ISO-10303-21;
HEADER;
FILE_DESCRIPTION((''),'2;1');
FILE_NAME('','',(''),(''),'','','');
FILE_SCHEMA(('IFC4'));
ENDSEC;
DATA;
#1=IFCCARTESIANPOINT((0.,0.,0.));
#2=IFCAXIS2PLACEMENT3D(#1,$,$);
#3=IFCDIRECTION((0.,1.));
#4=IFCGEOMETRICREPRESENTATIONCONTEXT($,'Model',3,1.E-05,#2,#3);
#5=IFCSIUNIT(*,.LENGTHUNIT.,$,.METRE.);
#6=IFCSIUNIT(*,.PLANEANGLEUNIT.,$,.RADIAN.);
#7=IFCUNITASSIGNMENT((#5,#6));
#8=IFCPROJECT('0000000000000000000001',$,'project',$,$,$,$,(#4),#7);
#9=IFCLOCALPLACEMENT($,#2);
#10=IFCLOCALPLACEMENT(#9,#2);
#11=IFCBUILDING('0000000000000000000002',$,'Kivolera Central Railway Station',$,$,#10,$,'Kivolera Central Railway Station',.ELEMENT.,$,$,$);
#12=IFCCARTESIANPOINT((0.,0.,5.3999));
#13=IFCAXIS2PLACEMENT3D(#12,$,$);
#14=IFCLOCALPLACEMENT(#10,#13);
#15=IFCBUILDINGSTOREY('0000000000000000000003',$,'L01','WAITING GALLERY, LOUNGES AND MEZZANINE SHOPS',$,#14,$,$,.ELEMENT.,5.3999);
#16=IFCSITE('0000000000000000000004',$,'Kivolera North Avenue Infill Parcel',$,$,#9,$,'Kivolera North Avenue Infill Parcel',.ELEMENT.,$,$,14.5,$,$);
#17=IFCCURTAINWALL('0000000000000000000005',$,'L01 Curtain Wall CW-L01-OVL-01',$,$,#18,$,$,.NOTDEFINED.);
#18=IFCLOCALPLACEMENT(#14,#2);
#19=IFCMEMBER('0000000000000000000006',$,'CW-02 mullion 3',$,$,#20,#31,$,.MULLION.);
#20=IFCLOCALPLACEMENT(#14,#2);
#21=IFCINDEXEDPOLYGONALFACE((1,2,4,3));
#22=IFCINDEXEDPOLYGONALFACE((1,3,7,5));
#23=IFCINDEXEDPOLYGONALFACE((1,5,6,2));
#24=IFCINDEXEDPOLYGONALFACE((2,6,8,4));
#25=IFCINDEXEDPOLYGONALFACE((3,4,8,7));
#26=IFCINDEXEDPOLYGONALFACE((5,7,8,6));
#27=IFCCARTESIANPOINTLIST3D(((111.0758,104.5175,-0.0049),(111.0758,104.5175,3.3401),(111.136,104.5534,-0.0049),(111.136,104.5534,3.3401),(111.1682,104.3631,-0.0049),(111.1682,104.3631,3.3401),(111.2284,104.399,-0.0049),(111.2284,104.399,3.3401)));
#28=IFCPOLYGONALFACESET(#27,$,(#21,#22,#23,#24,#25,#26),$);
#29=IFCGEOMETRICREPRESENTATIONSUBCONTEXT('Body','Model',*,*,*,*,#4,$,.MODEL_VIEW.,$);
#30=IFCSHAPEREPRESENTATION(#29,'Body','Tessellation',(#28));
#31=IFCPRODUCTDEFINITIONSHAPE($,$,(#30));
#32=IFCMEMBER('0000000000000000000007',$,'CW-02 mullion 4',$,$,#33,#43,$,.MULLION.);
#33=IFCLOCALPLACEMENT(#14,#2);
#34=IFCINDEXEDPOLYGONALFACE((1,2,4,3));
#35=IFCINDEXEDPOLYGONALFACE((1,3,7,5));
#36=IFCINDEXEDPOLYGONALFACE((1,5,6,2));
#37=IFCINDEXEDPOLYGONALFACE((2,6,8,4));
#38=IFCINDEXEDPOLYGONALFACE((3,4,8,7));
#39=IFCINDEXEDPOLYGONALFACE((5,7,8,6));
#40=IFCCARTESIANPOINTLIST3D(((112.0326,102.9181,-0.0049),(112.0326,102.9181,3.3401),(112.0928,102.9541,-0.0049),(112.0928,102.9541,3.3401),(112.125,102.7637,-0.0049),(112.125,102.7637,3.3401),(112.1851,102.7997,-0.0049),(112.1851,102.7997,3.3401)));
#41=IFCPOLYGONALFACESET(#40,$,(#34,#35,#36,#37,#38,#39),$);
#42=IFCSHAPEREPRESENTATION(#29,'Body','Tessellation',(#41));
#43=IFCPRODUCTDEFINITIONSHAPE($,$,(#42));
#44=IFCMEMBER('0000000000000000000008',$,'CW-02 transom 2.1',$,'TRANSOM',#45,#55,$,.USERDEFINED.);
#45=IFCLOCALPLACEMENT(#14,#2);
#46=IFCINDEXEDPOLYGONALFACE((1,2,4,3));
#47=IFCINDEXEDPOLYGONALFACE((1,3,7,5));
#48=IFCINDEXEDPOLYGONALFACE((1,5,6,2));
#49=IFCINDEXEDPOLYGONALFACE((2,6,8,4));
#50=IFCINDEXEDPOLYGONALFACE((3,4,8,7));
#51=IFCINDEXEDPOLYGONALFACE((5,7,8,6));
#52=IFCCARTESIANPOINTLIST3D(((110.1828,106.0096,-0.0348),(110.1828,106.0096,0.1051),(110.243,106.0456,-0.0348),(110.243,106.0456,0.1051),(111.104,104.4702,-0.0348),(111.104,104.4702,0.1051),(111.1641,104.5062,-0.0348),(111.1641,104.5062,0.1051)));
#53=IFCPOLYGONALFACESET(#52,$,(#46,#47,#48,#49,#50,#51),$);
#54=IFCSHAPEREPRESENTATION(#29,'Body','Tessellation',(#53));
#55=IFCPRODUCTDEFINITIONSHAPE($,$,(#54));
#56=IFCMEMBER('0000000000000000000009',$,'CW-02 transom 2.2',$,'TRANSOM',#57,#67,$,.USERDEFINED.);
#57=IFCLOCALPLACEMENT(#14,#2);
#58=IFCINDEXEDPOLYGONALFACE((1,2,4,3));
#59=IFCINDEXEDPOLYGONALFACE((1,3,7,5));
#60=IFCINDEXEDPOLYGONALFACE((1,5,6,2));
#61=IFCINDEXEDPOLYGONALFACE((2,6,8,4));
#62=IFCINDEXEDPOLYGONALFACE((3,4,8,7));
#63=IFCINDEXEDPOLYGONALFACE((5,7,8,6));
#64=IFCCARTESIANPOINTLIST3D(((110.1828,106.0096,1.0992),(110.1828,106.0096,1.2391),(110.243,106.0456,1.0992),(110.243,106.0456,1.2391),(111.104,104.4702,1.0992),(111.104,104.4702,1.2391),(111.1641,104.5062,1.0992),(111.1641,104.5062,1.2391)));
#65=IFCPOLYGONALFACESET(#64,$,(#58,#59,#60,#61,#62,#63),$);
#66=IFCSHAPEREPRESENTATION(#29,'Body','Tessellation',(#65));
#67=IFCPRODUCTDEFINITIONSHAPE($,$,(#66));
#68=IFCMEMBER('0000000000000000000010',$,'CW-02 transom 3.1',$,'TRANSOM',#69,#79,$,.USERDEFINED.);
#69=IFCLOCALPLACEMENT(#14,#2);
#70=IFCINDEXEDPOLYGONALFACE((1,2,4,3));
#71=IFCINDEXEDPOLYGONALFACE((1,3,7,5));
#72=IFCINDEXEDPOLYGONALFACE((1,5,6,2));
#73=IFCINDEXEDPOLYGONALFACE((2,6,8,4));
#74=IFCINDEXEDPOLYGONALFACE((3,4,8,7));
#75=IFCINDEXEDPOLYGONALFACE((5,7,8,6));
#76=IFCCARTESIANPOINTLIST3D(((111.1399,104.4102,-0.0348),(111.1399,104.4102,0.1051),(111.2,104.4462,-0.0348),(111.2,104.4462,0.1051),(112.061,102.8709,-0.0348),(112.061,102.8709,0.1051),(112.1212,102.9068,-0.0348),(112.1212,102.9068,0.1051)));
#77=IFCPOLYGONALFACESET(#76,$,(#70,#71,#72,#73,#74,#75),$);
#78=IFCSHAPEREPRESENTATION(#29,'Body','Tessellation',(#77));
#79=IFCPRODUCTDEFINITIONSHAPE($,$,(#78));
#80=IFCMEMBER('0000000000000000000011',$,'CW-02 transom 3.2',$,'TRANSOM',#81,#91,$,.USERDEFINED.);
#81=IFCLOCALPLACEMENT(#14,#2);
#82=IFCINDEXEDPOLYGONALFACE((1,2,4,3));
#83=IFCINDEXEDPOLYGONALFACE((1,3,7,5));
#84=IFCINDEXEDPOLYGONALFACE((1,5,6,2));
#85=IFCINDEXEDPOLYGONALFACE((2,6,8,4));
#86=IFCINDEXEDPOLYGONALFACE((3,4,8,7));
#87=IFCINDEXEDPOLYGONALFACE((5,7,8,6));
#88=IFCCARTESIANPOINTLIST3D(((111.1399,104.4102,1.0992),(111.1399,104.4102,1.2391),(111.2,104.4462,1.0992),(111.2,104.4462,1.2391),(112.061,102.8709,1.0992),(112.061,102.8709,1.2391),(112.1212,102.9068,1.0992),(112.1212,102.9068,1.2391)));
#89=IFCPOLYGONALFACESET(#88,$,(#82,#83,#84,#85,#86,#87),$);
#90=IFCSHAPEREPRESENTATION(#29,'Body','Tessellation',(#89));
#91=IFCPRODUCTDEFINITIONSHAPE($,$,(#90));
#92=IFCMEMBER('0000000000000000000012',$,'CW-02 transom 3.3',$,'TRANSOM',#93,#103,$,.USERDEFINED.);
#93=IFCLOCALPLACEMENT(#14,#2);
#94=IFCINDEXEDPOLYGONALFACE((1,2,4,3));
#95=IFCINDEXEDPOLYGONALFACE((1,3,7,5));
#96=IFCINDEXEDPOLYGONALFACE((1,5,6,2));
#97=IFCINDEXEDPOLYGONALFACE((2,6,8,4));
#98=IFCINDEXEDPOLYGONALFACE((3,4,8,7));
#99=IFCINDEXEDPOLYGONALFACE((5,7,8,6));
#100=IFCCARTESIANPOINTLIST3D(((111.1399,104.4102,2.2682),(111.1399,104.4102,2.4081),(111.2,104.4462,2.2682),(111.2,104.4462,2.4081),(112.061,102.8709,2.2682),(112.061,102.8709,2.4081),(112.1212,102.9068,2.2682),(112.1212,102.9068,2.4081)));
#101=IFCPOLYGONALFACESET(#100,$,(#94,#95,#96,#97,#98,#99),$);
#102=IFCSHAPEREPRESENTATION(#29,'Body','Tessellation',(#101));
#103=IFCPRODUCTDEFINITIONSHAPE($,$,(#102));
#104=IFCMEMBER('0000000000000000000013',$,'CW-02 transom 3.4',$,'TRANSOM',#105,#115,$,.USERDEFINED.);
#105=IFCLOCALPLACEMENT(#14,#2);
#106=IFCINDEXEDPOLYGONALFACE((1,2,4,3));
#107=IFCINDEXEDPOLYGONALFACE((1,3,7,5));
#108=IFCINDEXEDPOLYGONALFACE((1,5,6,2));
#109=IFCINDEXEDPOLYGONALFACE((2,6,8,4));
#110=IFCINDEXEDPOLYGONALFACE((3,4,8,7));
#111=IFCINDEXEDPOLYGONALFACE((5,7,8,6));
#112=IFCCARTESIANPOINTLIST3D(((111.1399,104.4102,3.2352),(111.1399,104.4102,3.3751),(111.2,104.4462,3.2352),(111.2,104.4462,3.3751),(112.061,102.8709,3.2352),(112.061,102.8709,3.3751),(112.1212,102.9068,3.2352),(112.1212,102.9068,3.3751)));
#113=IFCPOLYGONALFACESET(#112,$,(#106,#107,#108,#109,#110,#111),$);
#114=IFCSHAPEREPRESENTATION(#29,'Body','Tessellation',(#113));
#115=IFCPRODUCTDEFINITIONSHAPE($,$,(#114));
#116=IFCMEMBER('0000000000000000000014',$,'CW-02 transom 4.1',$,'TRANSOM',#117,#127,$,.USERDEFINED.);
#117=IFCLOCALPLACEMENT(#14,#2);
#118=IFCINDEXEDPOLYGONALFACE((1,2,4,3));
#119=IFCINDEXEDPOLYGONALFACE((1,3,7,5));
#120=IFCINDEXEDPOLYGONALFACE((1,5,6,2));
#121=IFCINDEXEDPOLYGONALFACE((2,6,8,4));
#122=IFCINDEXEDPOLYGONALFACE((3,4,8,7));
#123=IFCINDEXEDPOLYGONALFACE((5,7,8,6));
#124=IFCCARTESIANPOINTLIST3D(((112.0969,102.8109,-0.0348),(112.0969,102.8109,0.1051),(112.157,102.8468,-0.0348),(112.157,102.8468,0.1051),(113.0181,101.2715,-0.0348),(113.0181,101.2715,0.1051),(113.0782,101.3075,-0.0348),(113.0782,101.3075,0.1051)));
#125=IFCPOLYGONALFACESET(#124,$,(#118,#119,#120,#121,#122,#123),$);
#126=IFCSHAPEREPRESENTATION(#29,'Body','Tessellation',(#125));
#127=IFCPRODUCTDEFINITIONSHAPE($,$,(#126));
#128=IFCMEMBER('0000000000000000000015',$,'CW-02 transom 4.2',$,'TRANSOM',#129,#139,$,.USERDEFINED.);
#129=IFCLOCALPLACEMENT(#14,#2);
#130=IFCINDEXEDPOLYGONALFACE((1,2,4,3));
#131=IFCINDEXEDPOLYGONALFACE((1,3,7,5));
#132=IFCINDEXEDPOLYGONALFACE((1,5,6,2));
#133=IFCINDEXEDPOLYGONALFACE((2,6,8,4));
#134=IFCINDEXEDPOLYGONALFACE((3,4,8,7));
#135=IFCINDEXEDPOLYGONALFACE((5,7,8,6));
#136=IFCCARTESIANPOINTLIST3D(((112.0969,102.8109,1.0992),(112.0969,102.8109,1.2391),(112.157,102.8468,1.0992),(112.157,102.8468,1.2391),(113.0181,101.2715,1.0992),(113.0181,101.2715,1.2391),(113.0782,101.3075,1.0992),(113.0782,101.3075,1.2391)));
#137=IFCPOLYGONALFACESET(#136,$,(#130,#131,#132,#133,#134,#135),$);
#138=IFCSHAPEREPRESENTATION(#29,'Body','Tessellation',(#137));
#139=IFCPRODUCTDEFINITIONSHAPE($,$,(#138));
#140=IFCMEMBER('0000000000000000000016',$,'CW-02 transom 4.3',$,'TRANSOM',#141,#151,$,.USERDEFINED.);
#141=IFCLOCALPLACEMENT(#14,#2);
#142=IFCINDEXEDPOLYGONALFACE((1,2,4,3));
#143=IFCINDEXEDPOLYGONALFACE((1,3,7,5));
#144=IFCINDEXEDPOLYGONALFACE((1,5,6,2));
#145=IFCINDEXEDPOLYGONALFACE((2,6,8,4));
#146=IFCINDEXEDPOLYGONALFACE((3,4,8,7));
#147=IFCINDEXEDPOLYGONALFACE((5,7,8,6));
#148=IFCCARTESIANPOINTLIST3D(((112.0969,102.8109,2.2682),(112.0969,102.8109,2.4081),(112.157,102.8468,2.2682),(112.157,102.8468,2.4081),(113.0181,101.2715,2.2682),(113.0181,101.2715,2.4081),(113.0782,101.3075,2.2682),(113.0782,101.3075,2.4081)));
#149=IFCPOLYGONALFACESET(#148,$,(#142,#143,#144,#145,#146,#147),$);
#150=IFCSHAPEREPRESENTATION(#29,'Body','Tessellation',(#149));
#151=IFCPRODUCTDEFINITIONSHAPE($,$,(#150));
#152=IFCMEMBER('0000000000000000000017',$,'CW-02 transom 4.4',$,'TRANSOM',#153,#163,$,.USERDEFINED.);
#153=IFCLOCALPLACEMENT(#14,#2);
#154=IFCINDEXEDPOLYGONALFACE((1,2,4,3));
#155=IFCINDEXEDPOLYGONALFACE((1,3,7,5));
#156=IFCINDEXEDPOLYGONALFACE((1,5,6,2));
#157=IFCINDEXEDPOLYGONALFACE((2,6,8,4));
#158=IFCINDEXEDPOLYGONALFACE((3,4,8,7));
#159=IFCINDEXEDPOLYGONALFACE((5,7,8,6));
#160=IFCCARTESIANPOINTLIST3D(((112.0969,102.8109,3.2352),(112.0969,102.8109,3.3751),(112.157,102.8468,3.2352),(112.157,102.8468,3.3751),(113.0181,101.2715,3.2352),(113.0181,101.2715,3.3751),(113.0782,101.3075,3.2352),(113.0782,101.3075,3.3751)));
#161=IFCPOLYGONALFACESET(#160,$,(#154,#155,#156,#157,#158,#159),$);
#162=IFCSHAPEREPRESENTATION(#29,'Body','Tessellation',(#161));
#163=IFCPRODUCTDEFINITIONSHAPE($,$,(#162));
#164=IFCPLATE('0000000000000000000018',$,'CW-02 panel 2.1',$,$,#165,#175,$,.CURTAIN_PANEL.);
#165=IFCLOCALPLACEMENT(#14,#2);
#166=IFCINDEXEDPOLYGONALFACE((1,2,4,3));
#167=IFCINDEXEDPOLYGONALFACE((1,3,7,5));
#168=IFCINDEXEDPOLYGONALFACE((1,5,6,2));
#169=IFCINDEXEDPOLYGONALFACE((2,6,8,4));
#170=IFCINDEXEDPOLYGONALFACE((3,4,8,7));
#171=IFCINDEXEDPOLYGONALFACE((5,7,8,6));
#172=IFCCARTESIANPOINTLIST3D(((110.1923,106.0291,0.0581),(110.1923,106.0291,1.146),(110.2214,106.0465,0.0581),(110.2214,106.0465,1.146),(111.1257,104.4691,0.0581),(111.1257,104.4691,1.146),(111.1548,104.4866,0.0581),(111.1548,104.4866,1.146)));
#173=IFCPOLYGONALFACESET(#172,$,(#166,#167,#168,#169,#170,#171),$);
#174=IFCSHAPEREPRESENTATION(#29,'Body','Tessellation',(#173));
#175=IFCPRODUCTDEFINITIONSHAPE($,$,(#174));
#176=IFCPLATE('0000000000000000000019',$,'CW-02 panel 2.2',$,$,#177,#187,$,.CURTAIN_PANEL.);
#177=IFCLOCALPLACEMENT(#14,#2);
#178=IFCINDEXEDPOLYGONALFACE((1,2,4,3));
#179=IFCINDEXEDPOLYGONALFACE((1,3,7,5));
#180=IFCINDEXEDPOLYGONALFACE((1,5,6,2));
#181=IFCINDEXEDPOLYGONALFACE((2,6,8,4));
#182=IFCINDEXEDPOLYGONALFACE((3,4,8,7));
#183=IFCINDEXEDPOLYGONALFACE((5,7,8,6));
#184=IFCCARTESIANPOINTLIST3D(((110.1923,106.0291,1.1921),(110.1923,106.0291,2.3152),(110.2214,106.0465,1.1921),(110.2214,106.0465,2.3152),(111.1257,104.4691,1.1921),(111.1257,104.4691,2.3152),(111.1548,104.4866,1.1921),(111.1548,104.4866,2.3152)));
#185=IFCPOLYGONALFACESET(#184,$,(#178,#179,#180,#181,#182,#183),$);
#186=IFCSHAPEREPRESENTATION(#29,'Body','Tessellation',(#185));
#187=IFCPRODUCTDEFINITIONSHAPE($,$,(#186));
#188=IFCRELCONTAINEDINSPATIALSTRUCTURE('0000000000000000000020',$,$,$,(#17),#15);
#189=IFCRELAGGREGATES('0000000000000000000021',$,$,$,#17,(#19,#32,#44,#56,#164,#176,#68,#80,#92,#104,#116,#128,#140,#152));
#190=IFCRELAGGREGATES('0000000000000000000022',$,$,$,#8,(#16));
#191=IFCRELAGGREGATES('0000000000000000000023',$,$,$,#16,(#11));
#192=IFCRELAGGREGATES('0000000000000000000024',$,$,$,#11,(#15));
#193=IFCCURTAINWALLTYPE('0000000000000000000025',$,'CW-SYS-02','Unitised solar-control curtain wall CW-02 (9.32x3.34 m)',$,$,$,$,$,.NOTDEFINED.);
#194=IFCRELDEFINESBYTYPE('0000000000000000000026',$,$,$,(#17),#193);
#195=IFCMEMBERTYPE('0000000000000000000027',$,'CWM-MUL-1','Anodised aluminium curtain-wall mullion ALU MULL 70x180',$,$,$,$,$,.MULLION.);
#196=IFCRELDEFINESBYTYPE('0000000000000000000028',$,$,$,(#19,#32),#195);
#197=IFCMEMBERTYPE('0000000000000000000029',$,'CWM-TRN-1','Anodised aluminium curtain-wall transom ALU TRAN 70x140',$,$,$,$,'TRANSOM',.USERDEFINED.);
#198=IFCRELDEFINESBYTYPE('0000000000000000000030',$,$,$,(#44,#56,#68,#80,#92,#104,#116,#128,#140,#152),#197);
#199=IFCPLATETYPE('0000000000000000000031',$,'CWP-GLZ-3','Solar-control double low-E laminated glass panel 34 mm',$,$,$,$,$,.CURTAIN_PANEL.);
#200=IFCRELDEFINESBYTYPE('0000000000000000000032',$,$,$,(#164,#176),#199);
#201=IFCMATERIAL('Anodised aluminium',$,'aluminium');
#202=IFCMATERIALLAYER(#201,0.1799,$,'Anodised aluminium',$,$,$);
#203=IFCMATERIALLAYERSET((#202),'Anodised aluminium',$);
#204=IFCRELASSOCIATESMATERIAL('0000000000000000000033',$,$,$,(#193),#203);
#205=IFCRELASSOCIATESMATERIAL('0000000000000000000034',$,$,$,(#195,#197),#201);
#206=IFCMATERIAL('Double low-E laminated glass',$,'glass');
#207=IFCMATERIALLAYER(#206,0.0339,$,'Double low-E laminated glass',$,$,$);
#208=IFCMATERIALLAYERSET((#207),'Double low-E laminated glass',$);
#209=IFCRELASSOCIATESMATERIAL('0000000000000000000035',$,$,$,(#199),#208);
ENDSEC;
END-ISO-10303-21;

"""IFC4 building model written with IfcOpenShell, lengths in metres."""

from ifc_helpers import new_model, si_unit, direction, frame, origin, origin_2d, place, context, subcontext, project, spatial, rectangle, extrude, material, layer, layer_set, material_profile, profile_set, type_object, element, aggregate, save


model = new_model("IFC4")

# Units and contexts
model_context = context("Model", 3, precision=1e-05, world=origin(), true_north=direction((0.0, 1.0)))
body_context = subcontext(model_context, "Body", "Model", "MODEL_VIEW")
ifc_project = project(units=[si_unit("LENGTHUNIT", "METRE"), si_unit("PLANEANGLEUNIT", "RADIAN")], contexts=[model_context])

# Site, building, storey
site_placement = place(None, origin())
site = spatial("IfcSite", under=ifc_project, at=site_placement, Name="Kivolera North Avenue Infill Parcel", LongName="Kivolera North Avenue Infill Parcel", CompositionType="ELEMENT", RefElevation=14.5)
building_placement = place(site_placement, origin())
building = spatial("IfcBuilding", under=site, at=building_placement, Name="Kivolera Central Railway Station", LongName="Kivolera Central Railway Station", CompositionType="ELEMENT")
storey_placement = place(building_placement, frame((0.0, 0.0, 5.3999)))
storey = spatial("IfcBuildingStorey", under=building, at=storey_placement, Name="L01", Description="WAITING GALLERY, LOUNGES AND MEZZANINE SHOPS", CompositionType="ELEMENT", Elevation=5.3999)

# Curtain wall, members, plates
ifc_material_1 = material(Name="Anodised aluminium", Category="aluminium")
ifc_layer_1 = layer(ifc_material_1, 0.1799, Name="Anodised aluminium")
ifc_layer_set_1 = layer_set([ifc_layer_1], Name="Anodised aluminium")
curtain_wall_type = type_object("IfcCurtainWallType", Name="CW-SYS-02", Description="Unitised solar-control curtain wall CW-02 (9.32x3.34 m)", PredefinedType="NOTDEFINED", material=ifc_layer_set_1)
curtain_wall_placement = place(storey_placement, origin())
curtain_wall = element("IfcCurtainWall", 1, at=curtain_wall_placement, inside=storey, type_object=curtain_wall_type, Name="L01 Curtain Wall CW-L01-OVL-01", PredefinedType="NOTDEFINED")
ifc_material_profile_1 = material_profile(ifc_material_1, rectangle(XDim=0.0701, YDim=0.1799, at=origin_2d()), Name="ALU MULL 70x180")
ifc_profile_set_1 = profile_set([ifc_material_profile_1], Name="Anodised aluminium")
member_type_1 = type_object("IfcMemberType", Name="CWM-MUL-1", Description="Anodised aluminium curtain-wall mullion ALU MULL 70x180", PredefinedType="MULLION", material=ifc_profile_set_1)
member_1_placement = place(storey_placement, frame((111.1521, 104.4583, -0.0049), z_axis=(0.0, 0.0, 1.0), x_axis=(0.858117, 0.513454, 0.0)))
member_1 = element("IfcMember", 2, at=member_1_placement, type_object=member_type_1, Name="CW-02 mullion 3", PredefinedType="MULLION", context=body_context, shape_type="SweptSolid", body=[
    extrude(rectangle(XDim=0.0701, YDim=0.1799, at=origin_2d()), origin(), (0.0, 0.0, 1.0), 3.345),
])
member_2_placement = place(storey_placement, frame((112.1089, 102.8589, -0.0049), z_axis=(0.0, 0.0, 1.0), x_axis=(0.858117, 0.513454, 0.0)))
member_2 = element("IfcMember", 3, at=member_2_placement, type_object=member_type_1, Name="CW-02 mullion 4", PredefinedType="MULLION", context=body_context, shape_type="SweptSolid", body=[
    extrude(rectangle(XDim=0.0701, YDim=0.1799, at=origin_2d()), origin(), (0.0, 0.0, 1.0), 3.345),
])
ifc_material_profile_2 = material_profile(ifc_material_1, rectangle(XDim=0.0701, YDim=0.1399, at=origin_2d()), Name="ALU TRAN 70x140")
ifc_profile_set_2 = profile_set([ifc_material_profile_2], Name="Anodised aluminium")
member_type_2 = type_object("IfcMemberType", Name="CWM-TRN-1", Description="Anodised aluminium curtain-wall transom ALU TRAN 70x140", ElementType="TRANSOM", PredefinedType="USERDEFINED", material=ifc_profile_set_2)
member_3_placement = place(storey_placement, frame((110.2129, 106.0276, 0.0352), z_axis=(0.513495, -0.858093, 0.0), x_axis=(0.858093, 0.513495, 0.0)))
member_3 = element("IfcMember", 4, at=member_3_placement, type_object=member_type_2, Name="CW-02 transom 2.1", ObjectType="TRANSOM", PredefinedType="USERDEFINED", context=body_context, shape_type="SweptSolid", body=[
    extrude(rectangle(XDim=0.0701, YDim=0.1399, at=origin_2d()), origin(), (0.0, 0.0, 1.0), 1.7939),
])
member_4_placement = place(storey_placement, frame((110.2129, 106.0276, 1.1692), z_axis=(0.513495, -0.858093, 0.0), x_axis=(0.858093, 0.513495, 0.0)))
member_4 = element("IfcMember", 5, at=member_4_placement, type_object=member_type_2, Name="CW-02 transom 2.2", ObjectType="TRANSOM", PredefinedType="USERDEFINED", context=body_context, shape_type="SweptSolid", body=[
    extrude(rectangle(XDim=0.0701, YDim=0.1399, at=origin_2d()), origin(), (0.0, 0.0, 1.0), 1.7939),
])
member_5_placement = place(storey_placement, frame((111.1699, 104.4282, 0.0352), z_axis=(0.513495, -0.858093, 0.0), x_axis=(0.858093, 0.513495, 0.0)))
member_5 = element("IfcMember", 6, at=member_5_placement, type_object=member_type_2, Name="CW-02 transom 3.1", ObjectType="TRANSOM", PredefinedType="USERDEFINED", context=body_context, shape_type="SweptSolid", body=[
    extrude(rectangle(XDim=0.0701, YDim=0.1399, at=origin_2d()), origin(), (0.0, 0.0, 1.0), 1.7939),
])
member_6_placement = place(storey_placement, frame((111.1699, 104.4282, 1.1692), z_axis=(0.513495, -0.858093, 0.0), x_axis=(0.858093, 0.513495, 0.0)))
member_6 = element("IfcMember", 7, at=member_6_placement, type_object=member_type_2, Name="CW-02 transom 3.2", ObjectType="TRANSOM", PredefinedType="USERDEFINED", context=body_context, shape_type="SweptSolid", body=[
    extrude(rectangle(XDim=0.0701, YDim=0.1399, at=origin_2d()), origin(), (0.0, 0.0, 1.0), 1.7939),
])
member_7_placement = place(storey_placement, frame((111.1699, 104.4282, 2.3381), z_axis=(0.513495, -0.858093, 0.0), x_axis=(0.858093, 0.513495, 0.0)))
member_7 = element("IfcMember", 8, at=member_7_placement, type_object=member_type_2, Name="CW-02 transom 3.3", ObjectType="TRANSOM", PredefinedType="USERDEFINED", context=body_context, shape_type="SweptSolid", body=[
    extrude(rectangle(XDim=0.0701, YDim=0.1399, at=origin_2d()), origin(), (0.0, 0.0, 1.0), 1.7939),
])
member_8_placement = place(storey_placement, frame((111.1699, 104.4282, 3.3052), z_axis=(0.513495, -0.858093, 0.0), x_axis=(0.858093, 0.513495, 0.0)))
member_8 = element("IfcMember", 9, at=member_8_placement, type_object=member_type_2, Name="CW-02 transom 3.4", ObjectType="TRANSOM", PredefinedType="USERDEFINED", context=body_context, shape_type="SweptSolid", body=[
    extrude(rectangle(XDim=0.0701, YDim=0.1399, at=origin_2d()), origin(), (0.0, 0.0, 1.0), 1.7939),
])
member_9_placement = place(storey_placement, frame((112.127, 102.8289, 0.0352), z_axis=(0.513495, -0.858093, 0.0), x_axis=(0.858093, 0.513495, 0.0)))
member_9 = element("IfcMember", 10, at=member_9_placement, type_object=member_type_2, Name="CW-02 transom 4.1", ObjectType="TRANSOM", PredefinedType="USERDEFINED", context=body_context, shape_type="SweptSolid", body=[
    extrude(rectangle(XDim=0.0701, YDim=0.1399, at=origin_2d()), origin(), (0.0, 0.0, 1.0), 1.7939),
])
member_10_placement = place(storey_placement, frame((112.127, 102.8289, 1.1692), z_axis=(0.513495, -0.858093, 0.0), x_axis=(0.858093, 0.513495, 0.0)))
member_10 = element("IfcMember", 11, at=member_10_placement, type_object=member_type_2, Name="CW-02 transom 4.2", ObjectType="TRANSOM", PredefinedType="USERDEFINED", context=body_context, shape_type="SweptSolid", body=[
    extrude(rectangle(XDim=0.0701, YDim=0.1399, at=origin_2d()), origin(), (0.0, 0.0, 1.0), 1.7939),
])
member_11_placement = place(storey_placement, frame((112.127, 102.8289, 2.3381), z_axis=(0.513495, -0.858093, 0.0), x_axis=(0.858093, 0.513495, 0.0)))
member_11 = element("IfcMember", 12, at=member_11_placement, type_object=member_type_2, Name="CW-02 transom 4.3", ObjectType="TRANSOM", PredefinedType="USERDEFINED", context=body_context, shape_type="SweptSolid", body=[
    extrude(rectangle(XDim=0.0701, YDim=0.1399, at=origin_2d()), origin(), (0.0, 0.0, 1.0), 1.7939),
])
member_12_placement = place(storey_placement, frame((112.127, 102.8289, 3.3052), z_axis=(0.513495, -0.858093, 0.0), x_axis=(0.858093, 0.513495, 0.0)))
member_12 = element("IfcMember", 13, at=member_12_placement, type_object=member_type_2, Name="CW-02 transom 4.4", ObjectType="TRANSOM", PredefinedType="USERDEFINED", context=body_context, shape_type="SweptSolid", body=[
    extrude(rectangle(XDim=0.0701, YDim=0.1399, at=origin_2d()), origin(), (0.0, 0.0, 1.0), 1.7939),
])
ifc_material_2 = material(Name="Double low-E laminated glass", Category="glass")
ifc_layer_2 = layer(ifc_material_2, 0.0339, Name="Double low-E laminated glass")
ifc_layer_set_2 = layer_set([ifc_layer_2], Name="Double low-E laminated glass")
plate_type = type_object("IfcPlateType", Name="CWP-GLZ-3", Description="Solar-control double low-E laminated glass panel 34 mm", PredefinedType="CURTAIN_PANEL", material=ifc_layer_set_2)
plate_1_placement = place(storey_placement, frame((110.6736, 105.2578, 0.0581), z_axis=(0.0, 0.0, 1.0), x_axis=(0.513454, -0.858117, 0.0)))
plate_1 = element("IfcPlate", 14, at=plate_1_placement, type_object=plate_type, Name="CW-02 panel 2.1", PredefinedType="CURTAIN_PANEL", context=body_context, shape_type="SweptSolid", body=[
    extrude(rectangle(XDim=1.8179, YDim=0.0339, at=origin_2d()), origin(), (0.0, 0.0, 1.0), 1.0879),
])
plate_2_placement = place(storey_placement, frame((110.6736, 105.2578, 1.1921), z_axis=(0.0, 0.0, 1.0), x_axis=(0.513454, -0.858117, 0.0)))
plate_2 = element("IfcPlate", 15, at=plate_2_placement, type_object=plate_type, Name="CW-02 panel 2.2", PredefinedType="CURTAIN_PANEL", context=body_context, shape_type="SweptSolid", body=[
    extrude(rectangle(XDim=1.8179, YDim=0.0339, at=origin_2d()), origin(), (0.0, 0.0, 1.0), 1.123),
])
aggregate(curtain_wall, [member_1, member_2, member_3, member_4, plate_1, plate_2, member_5, member_6, member_7, member_8, member_9, member_10, member_11, member_12])

save(model, "model.ifc")
